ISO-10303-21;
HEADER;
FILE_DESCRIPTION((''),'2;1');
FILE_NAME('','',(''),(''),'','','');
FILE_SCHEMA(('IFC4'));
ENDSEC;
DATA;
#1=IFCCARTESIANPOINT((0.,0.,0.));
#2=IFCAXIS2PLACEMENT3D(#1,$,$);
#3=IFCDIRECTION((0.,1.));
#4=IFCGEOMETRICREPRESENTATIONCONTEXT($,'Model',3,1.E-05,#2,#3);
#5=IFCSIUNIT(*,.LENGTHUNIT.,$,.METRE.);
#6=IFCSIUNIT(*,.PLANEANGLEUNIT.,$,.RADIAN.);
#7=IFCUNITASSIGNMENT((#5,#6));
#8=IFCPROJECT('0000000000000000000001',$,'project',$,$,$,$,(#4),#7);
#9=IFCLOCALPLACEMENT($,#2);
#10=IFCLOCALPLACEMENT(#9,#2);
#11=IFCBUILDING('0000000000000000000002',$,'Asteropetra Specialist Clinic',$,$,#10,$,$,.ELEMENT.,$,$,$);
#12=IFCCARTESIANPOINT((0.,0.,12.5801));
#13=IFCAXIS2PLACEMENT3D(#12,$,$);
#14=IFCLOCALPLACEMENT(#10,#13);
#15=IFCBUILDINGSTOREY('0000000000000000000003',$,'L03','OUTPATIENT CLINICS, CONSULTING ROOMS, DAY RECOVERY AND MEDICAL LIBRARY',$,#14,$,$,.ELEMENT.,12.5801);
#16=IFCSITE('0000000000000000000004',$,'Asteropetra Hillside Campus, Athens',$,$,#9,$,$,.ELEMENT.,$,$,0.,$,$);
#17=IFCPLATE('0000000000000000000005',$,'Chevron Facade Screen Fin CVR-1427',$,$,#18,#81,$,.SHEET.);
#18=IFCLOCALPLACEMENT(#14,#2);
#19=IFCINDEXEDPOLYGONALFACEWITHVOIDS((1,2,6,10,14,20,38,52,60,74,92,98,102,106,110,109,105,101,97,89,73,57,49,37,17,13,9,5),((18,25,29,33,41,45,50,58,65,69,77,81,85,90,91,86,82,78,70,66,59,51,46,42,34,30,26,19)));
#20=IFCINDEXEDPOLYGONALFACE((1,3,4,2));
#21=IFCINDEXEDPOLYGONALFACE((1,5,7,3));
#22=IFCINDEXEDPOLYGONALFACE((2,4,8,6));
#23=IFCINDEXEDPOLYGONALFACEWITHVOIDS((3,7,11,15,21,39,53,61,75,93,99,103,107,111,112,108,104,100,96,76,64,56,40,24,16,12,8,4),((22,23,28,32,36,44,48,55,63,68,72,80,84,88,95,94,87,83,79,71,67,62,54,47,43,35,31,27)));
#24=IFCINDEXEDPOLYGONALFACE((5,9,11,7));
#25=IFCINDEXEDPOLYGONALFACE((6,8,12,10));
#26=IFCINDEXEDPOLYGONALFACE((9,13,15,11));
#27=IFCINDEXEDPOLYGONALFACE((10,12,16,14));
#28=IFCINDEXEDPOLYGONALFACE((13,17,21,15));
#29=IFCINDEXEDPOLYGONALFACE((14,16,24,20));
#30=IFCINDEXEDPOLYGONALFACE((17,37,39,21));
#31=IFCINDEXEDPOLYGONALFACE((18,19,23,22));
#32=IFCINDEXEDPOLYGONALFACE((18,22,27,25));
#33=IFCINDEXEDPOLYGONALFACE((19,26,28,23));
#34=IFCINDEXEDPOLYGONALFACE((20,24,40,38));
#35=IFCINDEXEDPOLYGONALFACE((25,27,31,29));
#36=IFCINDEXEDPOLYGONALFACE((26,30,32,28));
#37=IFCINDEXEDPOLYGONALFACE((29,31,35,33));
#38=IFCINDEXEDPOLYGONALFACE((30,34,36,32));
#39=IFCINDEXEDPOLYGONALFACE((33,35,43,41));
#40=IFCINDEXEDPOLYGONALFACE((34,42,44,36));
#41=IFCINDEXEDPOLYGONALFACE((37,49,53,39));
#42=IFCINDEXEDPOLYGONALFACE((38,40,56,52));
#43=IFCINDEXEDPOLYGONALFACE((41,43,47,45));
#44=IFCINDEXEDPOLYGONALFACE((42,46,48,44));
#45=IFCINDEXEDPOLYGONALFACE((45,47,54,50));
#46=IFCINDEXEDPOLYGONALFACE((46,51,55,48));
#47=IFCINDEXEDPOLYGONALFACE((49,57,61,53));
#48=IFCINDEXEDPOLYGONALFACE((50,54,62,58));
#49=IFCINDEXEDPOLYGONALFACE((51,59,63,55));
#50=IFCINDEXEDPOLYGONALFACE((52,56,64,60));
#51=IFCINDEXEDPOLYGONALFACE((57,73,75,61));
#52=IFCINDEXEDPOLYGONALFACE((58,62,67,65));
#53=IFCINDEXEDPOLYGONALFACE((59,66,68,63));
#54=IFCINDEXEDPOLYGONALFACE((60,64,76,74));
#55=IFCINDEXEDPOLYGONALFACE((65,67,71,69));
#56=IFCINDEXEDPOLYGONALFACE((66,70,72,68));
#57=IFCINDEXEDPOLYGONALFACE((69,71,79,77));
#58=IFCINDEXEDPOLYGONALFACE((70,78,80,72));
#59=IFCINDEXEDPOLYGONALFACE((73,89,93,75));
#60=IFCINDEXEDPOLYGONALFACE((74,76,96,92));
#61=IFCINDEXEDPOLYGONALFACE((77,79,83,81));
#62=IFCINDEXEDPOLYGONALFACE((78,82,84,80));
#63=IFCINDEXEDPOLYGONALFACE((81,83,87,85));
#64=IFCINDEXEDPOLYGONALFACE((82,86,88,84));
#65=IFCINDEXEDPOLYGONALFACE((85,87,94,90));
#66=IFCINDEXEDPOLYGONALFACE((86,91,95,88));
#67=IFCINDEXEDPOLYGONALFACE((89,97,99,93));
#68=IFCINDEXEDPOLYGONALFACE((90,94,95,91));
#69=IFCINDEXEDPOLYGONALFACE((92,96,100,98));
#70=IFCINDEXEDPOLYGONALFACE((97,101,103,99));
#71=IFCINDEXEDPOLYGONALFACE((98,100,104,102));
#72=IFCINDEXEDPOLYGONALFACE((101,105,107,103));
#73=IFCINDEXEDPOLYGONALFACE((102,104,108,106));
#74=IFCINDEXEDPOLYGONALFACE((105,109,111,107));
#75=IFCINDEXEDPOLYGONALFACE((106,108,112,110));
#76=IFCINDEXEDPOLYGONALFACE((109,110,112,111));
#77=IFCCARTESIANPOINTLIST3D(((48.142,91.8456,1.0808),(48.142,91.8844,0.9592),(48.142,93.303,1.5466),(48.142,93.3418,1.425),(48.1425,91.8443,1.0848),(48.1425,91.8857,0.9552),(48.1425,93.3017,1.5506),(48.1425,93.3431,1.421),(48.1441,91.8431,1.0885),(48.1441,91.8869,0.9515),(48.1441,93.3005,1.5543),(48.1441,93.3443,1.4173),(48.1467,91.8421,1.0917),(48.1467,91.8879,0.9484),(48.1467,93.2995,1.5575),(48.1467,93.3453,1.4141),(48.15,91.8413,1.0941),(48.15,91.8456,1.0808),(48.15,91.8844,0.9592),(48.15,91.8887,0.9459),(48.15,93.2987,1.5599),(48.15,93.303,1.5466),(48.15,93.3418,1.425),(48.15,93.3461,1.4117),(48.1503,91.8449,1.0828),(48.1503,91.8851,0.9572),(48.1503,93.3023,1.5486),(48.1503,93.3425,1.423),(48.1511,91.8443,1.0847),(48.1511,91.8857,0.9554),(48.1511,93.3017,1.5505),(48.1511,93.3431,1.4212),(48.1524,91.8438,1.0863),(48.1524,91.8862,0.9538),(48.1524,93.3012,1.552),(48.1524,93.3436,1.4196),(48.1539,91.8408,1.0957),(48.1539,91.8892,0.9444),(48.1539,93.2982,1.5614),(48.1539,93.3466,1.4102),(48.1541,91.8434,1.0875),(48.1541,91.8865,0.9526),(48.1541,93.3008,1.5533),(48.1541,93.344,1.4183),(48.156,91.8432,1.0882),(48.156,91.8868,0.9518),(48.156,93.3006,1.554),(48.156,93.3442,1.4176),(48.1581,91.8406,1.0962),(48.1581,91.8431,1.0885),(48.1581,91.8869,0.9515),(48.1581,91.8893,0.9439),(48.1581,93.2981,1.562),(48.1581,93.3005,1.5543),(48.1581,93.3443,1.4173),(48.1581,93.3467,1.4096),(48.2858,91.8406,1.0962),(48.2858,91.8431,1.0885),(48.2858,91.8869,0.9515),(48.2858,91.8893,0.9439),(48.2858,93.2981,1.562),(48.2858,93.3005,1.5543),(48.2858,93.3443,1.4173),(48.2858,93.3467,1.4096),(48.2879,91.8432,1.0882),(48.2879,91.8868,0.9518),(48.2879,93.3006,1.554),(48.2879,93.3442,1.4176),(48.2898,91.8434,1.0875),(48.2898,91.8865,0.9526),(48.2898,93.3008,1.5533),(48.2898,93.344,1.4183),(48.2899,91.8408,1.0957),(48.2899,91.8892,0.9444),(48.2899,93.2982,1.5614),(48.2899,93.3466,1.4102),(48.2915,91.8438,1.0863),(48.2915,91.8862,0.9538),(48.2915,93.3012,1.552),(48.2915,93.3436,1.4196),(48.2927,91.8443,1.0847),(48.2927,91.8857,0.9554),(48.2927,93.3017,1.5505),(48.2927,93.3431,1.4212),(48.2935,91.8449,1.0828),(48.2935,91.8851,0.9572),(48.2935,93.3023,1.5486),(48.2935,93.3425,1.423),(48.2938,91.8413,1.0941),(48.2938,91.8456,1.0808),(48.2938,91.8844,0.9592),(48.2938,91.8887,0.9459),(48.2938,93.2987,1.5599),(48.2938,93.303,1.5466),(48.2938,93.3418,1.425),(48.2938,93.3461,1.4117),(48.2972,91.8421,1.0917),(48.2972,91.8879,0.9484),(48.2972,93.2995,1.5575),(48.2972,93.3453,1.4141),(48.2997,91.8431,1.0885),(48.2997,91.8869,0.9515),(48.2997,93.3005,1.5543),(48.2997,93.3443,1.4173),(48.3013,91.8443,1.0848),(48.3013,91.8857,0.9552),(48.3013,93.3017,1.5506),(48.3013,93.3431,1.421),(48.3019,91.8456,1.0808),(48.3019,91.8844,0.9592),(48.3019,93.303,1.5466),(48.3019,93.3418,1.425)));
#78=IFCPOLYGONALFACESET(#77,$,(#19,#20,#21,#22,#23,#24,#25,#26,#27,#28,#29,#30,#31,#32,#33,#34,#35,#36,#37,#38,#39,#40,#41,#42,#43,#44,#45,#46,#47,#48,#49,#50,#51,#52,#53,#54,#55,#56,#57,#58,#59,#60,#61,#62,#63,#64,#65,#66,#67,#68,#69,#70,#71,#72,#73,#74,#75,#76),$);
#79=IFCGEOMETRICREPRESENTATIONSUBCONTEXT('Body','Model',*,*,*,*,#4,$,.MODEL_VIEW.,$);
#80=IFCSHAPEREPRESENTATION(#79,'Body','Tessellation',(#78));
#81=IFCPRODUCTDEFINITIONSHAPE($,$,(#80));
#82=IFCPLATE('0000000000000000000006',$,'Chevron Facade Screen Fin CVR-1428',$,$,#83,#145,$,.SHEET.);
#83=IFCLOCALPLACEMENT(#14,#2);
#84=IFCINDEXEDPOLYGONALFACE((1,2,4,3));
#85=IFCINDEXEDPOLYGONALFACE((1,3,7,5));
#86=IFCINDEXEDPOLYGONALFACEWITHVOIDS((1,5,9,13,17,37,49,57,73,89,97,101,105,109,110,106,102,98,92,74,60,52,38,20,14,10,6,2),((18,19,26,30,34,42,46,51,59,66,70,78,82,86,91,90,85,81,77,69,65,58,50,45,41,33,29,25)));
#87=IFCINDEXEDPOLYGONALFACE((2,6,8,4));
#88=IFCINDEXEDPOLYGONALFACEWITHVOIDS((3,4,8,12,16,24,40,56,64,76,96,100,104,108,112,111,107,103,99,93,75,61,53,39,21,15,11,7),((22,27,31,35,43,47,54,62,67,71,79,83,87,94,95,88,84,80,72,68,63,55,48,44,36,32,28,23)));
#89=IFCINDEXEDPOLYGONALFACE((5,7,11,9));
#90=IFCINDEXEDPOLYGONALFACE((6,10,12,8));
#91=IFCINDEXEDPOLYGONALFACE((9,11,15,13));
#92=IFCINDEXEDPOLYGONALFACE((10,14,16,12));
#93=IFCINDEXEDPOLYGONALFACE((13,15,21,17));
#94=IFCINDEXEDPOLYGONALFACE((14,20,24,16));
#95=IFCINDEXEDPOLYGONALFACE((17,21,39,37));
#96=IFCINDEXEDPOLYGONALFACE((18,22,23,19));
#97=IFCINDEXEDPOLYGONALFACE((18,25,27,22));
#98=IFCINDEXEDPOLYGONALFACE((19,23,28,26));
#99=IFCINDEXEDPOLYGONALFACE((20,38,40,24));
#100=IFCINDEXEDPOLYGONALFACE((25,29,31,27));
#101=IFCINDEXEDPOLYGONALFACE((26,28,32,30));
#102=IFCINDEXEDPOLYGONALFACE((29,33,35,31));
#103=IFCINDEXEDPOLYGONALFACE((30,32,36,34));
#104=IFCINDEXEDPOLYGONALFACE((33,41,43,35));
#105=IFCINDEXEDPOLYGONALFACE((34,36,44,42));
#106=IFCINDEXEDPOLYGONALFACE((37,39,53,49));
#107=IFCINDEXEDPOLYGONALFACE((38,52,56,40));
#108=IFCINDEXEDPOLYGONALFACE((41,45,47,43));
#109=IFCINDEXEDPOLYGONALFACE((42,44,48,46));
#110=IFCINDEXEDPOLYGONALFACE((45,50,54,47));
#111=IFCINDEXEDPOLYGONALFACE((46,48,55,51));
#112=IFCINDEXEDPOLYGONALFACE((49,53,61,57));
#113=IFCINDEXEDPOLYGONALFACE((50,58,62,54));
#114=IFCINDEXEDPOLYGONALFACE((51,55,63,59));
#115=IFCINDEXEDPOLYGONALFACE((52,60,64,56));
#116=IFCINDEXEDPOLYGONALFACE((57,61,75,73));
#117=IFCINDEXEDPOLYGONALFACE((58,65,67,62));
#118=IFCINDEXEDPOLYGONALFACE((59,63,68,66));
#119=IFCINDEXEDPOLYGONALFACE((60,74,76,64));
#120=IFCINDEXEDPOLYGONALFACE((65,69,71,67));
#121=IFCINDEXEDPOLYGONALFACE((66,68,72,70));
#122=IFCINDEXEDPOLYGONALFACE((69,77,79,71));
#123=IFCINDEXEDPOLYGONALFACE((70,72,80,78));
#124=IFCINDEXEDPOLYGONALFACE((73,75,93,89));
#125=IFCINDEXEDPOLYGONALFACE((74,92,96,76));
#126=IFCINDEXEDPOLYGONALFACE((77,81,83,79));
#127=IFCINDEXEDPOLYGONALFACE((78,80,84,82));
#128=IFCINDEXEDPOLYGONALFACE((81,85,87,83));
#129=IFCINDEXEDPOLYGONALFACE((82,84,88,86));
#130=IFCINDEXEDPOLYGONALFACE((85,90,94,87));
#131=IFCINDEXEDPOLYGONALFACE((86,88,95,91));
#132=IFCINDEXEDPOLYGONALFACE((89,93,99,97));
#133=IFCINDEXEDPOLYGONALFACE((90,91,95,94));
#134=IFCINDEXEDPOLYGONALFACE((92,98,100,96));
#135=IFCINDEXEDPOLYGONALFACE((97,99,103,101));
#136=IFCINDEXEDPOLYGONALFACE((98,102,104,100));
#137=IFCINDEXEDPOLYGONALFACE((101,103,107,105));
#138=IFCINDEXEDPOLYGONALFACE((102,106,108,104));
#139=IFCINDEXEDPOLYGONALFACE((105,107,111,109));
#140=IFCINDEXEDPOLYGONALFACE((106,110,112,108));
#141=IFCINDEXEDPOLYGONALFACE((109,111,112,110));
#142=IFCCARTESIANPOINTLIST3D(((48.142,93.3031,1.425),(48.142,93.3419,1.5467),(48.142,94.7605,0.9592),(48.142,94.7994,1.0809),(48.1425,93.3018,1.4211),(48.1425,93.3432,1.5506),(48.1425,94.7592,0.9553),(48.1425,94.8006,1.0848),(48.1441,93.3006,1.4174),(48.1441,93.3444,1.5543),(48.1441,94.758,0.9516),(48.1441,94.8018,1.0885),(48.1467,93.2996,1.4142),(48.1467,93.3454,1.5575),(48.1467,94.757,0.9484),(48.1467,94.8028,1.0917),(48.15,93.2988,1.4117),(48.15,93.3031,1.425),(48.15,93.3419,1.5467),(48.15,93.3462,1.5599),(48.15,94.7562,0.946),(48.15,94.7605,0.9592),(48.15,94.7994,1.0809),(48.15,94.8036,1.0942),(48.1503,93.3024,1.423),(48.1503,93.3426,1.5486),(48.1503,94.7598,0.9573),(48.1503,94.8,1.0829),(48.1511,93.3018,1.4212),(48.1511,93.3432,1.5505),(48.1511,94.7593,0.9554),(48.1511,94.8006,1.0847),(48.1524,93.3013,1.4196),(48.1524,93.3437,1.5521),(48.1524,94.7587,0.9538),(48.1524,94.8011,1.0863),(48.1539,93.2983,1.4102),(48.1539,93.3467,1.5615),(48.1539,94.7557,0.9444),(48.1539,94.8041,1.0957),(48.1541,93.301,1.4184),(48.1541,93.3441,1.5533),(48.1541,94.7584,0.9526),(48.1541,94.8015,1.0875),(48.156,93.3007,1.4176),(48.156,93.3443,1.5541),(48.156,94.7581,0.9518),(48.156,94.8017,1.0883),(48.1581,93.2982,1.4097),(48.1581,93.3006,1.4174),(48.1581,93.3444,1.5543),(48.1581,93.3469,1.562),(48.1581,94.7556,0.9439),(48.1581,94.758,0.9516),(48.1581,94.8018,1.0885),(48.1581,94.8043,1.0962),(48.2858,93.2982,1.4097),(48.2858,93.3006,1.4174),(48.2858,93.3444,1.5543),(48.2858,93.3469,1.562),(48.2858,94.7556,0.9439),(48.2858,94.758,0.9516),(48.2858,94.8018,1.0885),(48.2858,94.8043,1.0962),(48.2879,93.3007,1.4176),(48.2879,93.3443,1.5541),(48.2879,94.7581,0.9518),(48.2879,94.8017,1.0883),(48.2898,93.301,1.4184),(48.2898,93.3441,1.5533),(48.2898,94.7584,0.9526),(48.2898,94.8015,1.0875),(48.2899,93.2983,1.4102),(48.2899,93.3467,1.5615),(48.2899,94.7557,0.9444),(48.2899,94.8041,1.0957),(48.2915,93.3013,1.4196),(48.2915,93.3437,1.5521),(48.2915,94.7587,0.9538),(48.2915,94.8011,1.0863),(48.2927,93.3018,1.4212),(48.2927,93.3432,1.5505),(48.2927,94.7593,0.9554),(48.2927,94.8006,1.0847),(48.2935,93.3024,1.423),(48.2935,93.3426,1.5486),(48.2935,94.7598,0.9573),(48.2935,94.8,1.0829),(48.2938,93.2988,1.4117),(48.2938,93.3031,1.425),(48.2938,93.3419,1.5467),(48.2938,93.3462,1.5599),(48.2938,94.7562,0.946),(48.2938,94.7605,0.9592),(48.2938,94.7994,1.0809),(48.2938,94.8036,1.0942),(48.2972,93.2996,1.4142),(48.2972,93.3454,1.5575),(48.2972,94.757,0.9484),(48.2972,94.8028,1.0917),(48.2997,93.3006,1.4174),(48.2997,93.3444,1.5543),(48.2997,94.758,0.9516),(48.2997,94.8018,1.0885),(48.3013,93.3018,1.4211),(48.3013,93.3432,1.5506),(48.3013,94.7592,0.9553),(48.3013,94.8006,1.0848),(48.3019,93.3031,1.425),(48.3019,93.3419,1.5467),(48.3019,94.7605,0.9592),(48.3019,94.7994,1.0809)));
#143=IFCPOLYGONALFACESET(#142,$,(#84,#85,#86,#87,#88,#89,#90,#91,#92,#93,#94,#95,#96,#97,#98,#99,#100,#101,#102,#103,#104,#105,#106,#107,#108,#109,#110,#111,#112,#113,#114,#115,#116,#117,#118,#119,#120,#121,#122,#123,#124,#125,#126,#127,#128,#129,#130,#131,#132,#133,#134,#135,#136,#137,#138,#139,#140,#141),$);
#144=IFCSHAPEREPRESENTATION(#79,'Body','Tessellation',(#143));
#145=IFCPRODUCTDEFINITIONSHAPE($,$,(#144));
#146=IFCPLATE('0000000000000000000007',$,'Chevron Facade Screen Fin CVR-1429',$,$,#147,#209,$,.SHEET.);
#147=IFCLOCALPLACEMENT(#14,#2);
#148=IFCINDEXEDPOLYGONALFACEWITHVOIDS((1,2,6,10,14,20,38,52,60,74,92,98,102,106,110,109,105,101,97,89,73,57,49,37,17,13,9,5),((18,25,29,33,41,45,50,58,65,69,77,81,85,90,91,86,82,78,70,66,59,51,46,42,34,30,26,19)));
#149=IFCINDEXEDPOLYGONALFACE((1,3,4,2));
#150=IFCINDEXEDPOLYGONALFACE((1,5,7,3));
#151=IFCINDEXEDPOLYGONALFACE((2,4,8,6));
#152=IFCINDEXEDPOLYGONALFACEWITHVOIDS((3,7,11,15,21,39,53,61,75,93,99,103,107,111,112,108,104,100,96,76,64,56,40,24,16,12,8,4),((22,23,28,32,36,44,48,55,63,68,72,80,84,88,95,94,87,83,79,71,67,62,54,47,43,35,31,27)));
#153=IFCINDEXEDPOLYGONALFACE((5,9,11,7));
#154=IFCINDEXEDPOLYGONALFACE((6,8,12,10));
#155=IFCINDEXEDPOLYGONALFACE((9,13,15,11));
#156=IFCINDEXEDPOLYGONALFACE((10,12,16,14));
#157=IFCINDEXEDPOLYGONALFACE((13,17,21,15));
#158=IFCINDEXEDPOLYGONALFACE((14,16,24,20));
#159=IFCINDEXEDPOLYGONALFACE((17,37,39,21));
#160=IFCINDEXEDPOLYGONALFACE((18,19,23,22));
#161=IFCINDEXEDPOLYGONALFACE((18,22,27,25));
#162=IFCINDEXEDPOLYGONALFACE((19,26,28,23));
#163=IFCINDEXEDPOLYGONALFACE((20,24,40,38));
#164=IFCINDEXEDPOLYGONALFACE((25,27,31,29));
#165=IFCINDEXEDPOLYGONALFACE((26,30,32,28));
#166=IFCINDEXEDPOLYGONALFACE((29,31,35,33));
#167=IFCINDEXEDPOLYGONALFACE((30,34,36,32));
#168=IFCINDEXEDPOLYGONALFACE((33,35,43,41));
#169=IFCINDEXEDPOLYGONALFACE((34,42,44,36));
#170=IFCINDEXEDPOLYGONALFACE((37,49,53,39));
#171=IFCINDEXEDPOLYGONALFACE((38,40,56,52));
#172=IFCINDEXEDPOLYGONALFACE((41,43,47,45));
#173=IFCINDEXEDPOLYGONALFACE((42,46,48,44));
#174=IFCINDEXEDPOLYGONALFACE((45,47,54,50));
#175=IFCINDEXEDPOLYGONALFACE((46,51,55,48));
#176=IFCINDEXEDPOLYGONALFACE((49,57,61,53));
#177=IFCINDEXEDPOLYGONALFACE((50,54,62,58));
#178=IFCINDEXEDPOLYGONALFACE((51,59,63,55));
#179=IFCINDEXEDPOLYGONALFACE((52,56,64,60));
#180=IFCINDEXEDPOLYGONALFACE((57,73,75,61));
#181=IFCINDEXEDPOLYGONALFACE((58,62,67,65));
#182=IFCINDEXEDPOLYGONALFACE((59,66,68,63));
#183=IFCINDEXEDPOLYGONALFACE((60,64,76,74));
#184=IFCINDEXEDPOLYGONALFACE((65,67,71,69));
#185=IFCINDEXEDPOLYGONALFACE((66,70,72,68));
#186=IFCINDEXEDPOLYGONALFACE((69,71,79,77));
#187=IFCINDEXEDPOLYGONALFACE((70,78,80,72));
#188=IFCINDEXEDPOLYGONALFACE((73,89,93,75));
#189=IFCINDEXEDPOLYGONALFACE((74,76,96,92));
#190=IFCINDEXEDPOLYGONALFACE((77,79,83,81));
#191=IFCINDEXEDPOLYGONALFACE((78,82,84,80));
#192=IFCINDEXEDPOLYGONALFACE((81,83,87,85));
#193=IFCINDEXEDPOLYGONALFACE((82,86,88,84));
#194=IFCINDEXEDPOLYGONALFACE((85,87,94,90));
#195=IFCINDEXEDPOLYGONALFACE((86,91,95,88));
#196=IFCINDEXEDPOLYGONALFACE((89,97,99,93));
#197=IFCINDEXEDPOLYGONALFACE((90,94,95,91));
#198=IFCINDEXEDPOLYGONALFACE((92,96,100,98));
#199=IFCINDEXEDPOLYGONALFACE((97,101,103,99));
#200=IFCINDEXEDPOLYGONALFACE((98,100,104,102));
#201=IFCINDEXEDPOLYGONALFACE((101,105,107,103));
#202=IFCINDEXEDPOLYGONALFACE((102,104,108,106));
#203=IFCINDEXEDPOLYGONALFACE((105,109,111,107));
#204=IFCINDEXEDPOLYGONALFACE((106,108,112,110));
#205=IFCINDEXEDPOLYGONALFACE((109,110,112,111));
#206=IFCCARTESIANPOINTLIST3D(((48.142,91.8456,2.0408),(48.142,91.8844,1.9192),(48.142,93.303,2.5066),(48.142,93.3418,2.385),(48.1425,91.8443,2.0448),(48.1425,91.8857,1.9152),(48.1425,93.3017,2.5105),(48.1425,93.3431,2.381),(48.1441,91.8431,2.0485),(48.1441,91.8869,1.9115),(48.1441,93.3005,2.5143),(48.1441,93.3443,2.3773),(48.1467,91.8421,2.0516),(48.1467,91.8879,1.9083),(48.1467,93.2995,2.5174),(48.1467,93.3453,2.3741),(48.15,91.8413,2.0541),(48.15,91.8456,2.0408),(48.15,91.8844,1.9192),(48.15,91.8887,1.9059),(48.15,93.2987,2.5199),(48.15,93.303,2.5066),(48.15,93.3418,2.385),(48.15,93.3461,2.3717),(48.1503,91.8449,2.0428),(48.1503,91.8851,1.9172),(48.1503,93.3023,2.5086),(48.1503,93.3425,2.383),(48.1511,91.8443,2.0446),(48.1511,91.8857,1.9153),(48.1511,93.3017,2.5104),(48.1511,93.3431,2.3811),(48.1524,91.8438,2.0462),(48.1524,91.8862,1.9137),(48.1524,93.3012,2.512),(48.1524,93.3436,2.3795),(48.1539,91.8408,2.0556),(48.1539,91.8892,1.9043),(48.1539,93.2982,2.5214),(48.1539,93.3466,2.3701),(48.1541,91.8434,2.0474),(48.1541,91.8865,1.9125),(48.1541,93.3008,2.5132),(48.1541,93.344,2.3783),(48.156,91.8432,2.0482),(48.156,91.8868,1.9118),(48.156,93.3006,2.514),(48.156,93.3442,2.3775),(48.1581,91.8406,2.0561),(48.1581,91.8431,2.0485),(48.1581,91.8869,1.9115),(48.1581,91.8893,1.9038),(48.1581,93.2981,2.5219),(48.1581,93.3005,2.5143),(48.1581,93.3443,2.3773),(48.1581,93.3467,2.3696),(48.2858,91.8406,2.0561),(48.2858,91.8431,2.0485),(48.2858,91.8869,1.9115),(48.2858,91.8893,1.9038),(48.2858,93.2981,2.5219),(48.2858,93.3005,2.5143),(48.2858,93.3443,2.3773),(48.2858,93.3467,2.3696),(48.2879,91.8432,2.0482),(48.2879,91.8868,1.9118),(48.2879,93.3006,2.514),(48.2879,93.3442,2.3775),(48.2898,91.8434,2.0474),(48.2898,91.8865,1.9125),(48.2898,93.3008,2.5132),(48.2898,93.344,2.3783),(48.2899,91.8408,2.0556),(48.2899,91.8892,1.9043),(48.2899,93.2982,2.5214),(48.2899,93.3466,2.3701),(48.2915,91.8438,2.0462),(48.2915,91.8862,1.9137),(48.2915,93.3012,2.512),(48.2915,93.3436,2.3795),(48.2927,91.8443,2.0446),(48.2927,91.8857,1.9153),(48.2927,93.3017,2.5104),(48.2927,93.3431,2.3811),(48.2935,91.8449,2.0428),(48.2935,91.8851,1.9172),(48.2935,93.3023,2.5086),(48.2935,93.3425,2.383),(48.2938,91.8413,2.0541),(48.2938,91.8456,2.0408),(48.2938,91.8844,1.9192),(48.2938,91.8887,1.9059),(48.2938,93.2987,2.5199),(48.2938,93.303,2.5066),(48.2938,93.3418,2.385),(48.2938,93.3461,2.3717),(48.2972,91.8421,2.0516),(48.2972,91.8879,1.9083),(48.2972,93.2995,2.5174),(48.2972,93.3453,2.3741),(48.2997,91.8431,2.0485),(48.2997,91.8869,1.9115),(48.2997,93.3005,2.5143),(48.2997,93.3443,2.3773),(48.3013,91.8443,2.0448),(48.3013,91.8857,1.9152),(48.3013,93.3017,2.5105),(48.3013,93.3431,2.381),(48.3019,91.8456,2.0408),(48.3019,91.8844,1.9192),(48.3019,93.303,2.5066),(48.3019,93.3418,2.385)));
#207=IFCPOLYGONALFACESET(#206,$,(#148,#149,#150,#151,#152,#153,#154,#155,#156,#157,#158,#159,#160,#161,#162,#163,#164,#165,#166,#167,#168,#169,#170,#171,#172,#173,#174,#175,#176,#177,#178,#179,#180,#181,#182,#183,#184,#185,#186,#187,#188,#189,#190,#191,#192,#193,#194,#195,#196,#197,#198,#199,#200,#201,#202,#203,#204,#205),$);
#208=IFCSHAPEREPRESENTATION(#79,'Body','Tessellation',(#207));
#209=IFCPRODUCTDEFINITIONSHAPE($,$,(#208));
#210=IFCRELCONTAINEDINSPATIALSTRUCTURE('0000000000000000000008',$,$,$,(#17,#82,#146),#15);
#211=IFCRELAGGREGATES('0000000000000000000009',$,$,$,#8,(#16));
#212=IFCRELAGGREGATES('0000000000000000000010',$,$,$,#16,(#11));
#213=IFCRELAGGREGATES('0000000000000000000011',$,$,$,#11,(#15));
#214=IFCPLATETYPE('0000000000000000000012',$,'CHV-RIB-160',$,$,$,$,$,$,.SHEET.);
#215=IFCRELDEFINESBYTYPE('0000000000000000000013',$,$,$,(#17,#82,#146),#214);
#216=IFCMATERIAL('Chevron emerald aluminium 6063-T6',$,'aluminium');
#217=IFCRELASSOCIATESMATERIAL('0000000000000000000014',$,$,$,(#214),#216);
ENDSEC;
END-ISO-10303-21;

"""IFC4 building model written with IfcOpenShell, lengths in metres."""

from ifc_helpers import new_model, si_unit, direction, frame, origin, origin_2d, place, context, subcontext, project, spatial, hollow_rectangle, extrude, material, material_profile, profile_set, type_object, element, save


model = new_model("IFC4")

# Units and contexts
model_context = context("Model", 3, precision=1e-05, world=origin(), true_north=direction((0.0, 1.0)))
body_context = subcontext(model_context, "Body", "Model", "MODEL_VIEW")
ifc_project = project(units=[si_unit("LENGTHUNIT", "METRE"), si_unit("PLANEANGLEUNIT", "RADIAN")], contexts=[model_context])

# Site, building, storey
site_placement = place(None, origin())
site = spatial("IfcSite", under=ifc_project, at=site_placement, Name="Asteropetra Hillside Campus, Athens", CompositionType="ELEMENT", RefElevation=0.0)
building_placement = place(site_placement, origin())
building = spatial("IfcBuilding", under=site, at=building_placement, Name="Asteropetra Specialist Clinic", CompositionType="ELEMENT")
storey_placement = place(building_placement, frame((0.0, 0.0, 12.5801)))
storey = spatial("IfcBuildingStorey", under=building, at=storey_placement, Name="L03", Description="OUTPATIENT CLINICS, CONSULTING ROOMS, DAY RECOVERY AND MEDICAL LIBRARY", CompositionType="ELEMENT", Elevation=12.5801)

# Plates
ifc_material_1 = material(Name="Chevron emerald aluminium 6063-T6", Category="aluminium")
ifc_material_profile_1 = material_profile(ifc_material_1, hollow_rectangle(XDim=0.1599, YDim=0.1599, WallThickness=0.0081, InnerFilletRadius=0.0081, OuterFilletRadius=0.0161, at=origin_2d()), Name="SHS 160x160x8.0")
ifc_profile_set_1 = profile_set([ifc_material_profile_1], Name="Chevron emerald aluminium 6063-T6")
plate_type_1 = type_object("IfcPlateType", Name="CHV-RIB-160", PredefinedType="SHEET", material=ifc_profile_set_1)
for number, where, z_axis, x_axis, name in (
    (1, (48.2219, 91.865, 1.02), (0.0, 0.952535, 0.304428), (-1.0, 0.0, 0.0), "Chevron Facade Screen Fin CVR-1427"),
    (2, (48.2219, 93.3225, 1.4858), (0.0, 0.952535, -0.304428), (-1.0, 0.0, 0.0), "Chevron Facade Screen Fin CVR-1428"),
    (3, (48.2219, 91.865, 1.98), (0.0, 0.952535, 0.304428), (-1.0, 0.0, 0.0), "Chevron Facade Screen Fin CVR-1429"),
):
    element("IfcPlate", number, at=place(storey_placement, frame(where, z_axis=z_axis, x_axis=x_axis)), inside=storey, type_object=plate_type_1, Name=name, PredefinedType="SHEET", context=body_context, shape_type="SweptSolid", body=[
        extrude(hollow_rectangle(XDim=0.1599, YDim=0.1599, WallThickness=0.0081, InnerFilletRadius=0.0081, OuterFilletRadius=0.0161, at=origin_2d()), origin(), (0.0, 0.0, 1.0), 1.53),
    ])

save(model, "model.ifc")
